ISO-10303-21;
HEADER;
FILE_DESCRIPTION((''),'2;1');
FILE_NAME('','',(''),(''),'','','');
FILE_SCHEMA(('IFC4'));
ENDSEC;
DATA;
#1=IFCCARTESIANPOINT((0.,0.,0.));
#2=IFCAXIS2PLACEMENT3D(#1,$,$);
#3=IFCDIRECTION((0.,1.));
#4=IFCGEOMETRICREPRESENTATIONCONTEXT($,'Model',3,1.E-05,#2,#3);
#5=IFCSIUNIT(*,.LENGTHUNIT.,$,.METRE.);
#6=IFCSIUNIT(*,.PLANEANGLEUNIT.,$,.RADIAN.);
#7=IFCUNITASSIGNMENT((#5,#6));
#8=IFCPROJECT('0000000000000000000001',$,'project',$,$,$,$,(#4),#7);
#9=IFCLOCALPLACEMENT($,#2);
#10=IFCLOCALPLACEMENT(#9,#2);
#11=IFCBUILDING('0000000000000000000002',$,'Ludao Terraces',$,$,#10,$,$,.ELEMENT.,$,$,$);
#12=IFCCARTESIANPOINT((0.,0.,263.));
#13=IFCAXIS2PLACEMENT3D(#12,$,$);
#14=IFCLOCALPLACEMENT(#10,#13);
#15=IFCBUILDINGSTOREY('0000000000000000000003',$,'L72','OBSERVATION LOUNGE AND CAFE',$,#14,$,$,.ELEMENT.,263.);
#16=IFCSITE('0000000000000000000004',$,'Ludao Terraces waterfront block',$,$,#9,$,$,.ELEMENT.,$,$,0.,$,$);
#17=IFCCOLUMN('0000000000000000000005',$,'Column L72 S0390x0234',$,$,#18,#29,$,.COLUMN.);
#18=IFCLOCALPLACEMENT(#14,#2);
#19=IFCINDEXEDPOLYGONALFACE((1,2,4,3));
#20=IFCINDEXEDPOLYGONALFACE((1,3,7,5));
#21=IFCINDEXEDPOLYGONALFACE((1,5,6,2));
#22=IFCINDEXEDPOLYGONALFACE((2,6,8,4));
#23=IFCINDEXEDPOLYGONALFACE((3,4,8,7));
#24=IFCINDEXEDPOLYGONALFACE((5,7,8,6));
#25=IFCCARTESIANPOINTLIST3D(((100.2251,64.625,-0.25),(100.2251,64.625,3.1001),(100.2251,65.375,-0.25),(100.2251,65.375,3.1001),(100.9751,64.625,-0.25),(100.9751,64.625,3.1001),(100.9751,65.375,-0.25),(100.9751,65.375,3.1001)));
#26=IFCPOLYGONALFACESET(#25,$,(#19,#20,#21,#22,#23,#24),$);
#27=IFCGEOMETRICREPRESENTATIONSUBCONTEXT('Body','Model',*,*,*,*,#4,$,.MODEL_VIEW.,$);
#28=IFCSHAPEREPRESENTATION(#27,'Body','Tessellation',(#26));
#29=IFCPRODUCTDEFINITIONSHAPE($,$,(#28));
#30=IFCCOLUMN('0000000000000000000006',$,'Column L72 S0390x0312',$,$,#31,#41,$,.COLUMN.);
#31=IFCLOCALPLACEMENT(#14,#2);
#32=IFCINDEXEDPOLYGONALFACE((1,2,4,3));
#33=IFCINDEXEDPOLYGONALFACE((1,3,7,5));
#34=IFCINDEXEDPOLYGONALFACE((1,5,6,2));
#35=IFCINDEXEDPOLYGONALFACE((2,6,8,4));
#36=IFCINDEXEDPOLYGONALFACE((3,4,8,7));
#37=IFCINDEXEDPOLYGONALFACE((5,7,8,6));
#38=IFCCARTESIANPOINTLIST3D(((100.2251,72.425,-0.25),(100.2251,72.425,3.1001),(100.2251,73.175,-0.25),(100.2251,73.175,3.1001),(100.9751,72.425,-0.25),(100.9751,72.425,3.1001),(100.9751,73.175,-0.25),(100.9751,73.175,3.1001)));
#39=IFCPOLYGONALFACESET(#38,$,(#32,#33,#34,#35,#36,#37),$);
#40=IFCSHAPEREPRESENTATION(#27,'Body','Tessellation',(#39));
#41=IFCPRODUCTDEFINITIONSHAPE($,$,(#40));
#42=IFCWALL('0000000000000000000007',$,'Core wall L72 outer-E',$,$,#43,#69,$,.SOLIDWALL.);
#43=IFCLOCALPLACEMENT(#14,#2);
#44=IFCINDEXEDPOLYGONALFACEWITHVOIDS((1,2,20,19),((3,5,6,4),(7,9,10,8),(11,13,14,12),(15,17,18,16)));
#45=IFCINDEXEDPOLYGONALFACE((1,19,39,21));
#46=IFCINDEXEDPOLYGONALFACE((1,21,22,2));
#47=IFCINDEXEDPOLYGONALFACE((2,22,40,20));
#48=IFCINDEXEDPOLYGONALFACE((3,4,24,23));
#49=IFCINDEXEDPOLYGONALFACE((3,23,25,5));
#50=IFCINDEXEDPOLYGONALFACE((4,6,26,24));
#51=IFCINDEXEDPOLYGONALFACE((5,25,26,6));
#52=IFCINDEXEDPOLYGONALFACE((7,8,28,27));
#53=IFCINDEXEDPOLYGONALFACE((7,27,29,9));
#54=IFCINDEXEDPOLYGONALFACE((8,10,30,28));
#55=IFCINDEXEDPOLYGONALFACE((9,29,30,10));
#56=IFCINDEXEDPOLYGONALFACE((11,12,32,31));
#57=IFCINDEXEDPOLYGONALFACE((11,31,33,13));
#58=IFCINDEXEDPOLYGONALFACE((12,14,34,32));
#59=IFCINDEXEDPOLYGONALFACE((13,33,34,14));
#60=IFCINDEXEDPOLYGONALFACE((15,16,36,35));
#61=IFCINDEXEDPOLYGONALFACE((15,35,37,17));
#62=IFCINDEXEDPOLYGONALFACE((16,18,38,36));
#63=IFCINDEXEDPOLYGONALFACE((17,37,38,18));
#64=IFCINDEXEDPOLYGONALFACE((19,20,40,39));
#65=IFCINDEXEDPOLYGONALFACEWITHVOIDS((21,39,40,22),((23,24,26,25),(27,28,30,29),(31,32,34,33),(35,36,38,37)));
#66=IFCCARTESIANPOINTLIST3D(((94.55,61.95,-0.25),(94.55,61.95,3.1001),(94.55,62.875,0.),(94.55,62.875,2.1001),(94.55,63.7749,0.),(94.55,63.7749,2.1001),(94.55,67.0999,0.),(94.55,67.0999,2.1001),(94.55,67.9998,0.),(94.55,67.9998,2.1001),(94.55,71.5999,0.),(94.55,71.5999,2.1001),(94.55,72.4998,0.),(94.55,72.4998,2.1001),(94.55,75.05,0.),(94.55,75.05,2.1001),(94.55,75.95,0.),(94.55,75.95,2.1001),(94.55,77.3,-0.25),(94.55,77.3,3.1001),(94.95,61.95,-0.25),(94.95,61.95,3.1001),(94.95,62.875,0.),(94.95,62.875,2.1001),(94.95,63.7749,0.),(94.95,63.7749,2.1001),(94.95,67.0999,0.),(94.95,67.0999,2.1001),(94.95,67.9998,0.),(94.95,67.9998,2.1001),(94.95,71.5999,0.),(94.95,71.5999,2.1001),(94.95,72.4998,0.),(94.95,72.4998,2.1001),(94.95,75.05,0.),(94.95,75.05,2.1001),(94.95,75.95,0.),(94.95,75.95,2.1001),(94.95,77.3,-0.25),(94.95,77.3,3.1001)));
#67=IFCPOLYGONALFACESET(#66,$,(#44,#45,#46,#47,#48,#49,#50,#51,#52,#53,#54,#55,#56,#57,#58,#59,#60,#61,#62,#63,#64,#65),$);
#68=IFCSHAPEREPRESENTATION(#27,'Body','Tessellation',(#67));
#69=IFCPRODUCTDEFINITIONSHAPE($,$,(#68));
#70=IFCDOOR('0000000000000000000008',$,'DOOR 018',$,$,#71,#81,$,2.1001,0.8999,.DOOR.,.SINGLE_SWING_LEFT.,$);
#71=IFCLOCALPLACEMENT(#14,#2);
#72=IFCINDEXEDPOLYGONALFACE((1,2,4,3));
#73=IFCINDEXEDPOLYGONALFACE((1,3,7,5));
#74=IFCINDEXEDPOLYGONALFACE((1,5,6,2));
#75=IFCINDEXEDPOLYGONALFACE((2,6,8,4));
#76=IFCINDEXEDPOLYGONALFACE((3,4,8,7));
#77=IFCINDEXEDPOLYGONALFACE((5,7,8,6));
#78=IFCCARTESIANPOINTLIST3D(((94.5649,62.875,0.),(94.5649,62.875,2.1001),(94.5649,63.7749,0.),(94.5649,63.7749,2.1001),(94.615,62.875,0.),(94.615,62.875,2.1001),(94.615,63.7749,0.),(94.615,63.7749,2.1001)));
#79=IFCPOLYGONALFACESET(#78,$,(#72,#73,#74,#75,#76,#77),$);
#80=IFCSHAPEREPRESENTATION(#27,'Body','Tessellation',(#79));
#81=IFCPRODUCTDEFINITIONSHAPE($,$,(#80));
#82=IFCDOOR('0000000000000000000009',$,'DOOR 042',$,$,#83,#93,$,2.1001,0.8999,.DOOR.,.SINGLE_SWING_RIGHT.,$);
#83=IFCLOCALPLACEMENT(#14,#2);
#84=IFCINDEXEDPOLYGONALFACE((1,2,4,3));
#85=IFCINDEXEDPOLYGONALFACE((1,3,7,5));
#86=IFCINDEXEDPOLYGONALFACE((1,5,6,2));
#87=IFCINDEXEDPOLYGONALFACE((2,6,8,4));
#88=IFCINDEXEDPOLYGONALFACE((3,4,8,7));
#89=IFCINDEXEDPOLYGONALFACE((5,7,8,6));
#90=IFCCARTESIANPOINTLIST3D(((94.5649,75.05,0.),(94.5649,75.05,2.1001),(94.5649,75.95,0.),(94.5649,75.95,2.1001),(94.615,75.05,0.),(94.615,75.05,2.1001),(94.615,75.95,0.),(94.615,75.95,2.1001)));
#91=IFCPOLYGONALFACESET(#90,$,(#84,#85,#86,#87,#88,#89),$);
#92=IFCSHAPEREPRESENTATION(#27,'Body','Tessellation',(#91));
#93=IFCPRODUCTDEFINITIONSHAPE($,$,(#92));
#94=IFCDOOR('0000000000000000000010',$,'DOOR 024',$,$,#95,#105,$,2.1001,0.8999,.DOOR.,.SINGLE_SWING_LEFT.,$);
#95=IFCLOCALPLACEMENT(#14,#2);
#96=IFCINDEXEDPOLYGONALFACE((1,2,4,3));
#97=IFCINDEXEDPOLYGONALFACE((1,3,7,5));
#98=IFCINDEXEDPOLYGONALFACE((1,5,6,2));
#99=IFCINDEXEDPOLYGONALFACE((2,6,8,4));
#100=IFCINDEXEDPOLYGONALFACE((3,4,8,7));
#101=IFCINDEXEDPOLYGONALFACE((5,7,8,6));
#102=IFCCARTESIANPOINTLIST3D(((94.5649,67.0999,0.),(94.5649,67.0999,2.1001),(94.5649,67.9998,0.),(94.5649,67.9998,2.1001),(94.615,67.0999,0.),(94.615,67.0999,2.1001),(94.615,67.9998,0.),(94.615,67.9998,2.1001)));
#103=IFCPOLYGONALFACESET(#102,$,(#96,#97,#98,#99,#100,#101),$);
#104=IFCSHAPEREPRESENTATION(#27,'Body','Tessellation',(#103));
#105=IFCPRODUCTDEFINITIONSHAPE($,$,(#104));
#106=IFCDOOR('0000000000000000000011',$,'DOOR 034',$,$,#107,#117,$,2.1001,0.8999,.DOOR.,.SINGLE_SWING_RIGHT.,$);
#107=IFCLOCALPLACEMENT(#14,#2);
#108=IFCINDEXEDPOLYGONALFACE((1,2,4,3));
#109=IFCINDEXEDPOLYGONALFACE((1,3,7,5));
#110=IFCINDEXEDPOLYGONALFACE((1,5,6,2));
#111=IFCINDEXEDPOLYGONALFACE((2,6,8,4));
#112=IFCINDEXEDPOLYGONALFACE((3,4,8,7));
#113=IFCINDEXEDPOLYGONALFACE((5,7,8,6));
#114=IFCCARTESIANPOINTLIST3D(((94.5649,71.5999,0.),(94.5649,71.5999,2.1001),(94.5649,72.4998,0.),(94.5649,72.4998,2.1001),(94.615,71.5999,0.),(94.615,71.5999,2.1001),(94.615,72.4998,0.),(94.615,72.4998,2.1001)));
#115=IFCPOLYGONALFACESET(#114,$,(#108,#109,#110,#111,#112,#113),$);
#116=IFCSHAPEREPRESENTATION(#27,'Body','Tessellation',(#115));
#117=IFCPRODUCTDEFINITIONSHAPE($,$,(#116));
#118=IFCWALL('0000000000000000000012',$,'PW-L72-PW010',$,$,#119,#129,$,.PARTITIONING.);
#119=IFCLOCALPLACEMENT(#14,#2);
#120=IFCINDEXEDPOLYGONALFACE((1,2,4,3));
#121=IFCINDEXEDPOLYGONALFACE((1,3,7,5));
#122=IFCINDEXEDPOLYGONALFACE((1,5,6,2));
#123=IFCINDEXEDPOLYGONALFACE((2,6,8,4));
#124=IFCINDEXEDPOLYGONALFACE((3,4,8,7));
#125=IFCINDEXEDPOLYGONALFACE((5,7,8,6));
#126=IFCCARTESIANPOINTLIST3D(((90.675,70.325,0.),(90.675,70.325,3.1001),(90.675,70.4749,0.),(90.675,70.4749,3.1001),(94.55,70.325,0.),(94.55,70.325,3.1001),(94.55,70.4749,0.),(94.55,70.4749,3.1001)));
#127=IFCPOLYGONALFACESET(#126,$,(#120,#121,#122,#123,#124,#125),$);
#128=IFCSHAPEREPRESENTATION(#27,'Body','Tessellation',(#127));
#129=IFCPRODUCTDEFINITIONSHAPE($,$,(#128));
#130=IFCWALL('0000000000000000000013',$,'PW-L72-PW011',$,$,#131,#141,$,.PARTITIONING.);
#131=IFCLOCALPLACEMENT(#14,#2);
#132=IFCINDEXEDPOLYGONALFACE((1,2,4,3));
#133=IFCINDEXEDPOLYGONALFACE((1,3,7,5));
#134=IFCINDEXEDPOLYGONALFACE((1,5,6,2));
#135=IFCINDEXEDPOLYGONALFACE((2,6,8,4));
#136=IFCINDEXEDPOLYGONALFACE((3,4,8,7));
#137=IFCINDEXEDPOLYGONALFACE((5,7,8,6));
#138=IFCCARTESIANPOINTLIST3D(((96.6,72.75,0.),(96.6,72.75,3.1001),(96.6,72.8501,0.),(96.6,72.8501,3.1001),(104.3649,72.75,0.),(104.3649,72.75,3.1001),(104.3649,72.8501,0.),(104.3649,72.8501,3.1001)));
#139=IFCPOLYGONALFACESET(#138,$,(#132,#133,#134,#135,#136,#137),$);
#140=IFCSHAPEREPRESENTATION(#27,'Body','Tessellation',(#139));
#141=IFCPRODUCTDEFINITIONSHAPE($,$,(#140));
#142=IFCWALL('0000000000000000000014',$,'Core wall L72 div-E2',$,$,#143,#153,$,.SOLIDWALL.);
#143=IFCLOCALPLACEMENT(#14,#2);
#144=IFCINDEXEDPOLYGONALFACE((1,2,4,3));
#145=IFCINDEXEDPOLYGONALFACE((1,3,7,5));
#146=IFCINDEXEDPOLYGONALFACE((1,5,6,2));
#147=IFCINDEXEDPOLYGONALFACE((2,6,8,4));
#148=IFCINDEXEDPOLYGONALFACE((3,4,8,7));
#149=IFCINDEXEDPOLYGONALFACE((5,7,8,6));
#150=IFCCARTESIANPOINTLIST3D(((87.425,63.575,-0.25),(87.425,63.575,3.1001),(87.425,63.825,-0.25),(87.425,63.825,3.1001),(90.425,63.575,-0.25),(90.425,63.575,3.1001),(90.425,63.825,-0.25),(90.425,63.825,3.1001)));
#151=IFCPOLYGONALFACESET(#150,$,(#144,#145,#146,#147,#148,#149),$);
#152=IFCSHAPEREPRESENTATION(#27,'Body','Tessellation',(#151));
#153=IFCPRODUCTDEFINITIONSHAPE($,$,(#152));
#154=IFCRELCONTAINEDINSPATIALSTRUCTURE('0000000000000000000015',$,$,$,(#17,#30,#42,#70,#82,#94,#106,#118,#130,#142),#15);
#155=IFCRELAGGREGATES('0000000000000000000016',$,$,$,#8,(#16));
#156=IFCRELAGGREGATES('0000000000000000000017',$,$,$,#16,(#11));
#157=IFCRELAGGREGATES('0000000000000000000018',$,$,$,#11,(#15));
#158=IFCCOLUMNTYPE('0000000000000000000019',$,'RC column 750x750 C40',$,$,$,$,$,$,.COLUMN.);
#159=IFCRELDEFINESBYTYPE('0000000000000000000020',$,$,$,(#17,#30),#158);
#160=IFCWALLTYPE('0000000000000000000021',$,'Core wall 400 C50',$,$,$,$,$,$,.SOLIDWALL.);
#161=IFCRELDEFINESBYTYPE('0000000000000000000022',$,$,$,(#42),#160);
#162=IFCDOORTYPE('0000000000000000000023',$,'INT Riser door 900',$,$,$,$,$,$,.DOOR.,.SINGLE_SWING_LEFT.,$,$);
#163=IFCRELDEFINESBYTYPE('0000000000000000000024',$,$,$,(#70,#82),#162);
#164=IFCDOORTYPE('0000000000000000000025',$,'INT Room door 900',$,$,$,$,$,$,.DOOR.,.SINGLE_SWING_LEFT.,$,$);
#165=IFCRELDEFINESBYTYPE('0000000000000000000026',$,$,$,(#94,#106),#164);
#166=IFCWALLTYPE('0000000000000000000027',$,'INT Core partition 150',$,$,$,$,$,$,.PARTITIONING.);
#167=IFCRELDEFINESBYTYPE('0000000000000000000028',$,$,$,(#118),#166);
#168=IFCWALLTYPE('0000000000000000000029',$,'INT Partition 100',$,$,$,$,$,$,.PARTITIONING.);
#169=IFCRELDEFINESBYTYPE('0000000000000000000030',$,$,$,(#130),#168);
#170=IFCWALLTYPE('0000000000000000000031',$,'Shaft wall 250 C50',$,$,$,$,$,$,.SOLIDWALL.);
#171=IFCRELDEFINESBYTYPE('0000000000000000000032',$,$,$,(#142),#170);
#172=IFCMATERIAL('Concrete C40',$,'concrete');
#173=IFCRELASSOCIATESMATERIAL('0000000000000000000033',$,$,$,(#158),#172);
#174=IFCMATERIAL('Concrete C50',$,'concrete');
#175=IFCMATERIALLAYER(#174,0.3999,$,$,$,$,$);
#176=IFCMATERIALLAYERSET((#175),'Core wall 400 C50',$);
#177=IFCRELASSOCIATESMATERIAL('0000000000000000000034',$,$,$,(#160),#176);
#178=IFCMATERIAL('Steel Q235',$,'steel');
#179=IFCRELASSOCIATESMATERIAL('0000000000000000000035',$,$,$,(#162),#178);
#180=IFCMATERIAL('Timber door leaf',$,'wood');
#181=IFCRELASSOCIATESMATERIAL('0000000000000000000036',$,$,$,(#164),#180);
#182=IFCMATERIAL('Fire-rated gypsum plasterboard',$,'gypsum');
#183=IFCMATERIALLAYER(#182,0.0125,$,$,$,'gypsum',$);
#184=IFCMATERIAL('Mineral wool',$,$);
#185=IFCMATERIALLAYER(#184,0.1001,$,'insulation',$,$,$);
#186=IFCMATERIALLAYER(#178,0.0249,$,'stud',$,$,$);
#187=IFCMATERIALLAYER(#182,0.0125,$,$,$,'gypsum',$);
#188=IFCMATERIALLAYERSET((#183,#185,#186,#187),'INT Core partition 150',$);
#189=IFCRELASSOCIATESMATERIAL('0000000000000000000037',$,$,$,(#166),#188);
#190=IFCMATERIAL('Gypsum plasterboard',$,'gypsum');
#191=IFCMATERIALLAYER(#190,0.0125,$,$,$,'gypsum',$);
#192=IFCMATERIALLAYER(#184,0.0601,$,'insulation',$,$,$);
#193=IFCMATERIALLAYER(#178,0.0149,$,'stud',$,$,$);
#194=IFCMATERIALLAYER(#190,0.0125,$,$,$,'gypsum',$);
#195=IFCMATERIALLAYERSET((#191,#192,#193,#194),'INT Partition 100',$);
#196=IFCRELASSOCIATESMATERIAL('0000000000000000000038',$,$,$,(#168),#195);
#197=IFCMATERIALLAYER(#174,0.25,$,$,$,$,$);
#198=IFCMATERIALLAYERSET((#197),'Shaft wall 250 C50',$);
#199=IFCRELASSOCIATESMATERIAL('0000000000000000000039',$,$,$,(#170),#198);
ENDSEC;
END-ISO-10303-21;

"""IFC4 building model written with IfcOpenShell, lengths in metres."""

from ifc_helpers import new_model, si_unit, direction, frame, frame_2d, origin, origin_2d, place, context, subcontext, project, spatial, rectangle, extrude, material, layer, layer_set, material_profile, profile_set, type_object, element, fill, save


model = new_model("IFC4")

# Units and contexts
model_context = context("Model", 3, precision=1e-05, world=origin(), true_north=direction((0.0, 1.0)))
body_context = subcontext(model_context, "Body", "Model", "MODEL_VIEW")
ifc_project = project(units=[si_unit("LENGTHUNIT", "METRE"), si_unit("PLANEANGLEUNIT", "RADIAN")], contexts=[model_context])

# Site, building, storey
site_placement = place(None, origin())
site = spatial("IfcSite", under=ifc_project, at=site_placement, Name="Ludao Terraces waterfront block", CompositionType="ELEMENT", RefElevation=0.0)
building_placement = place(site_placement, origin())
building = spatial("IfcBuilding", under=site, at=building_placement, Name="Ludao Terraces", CompositionType="ELEMENT")
storey_placement = place(building_placement, frame((0.0, 0.0, 263.0)))
storey = spatial("IfcBuildingStorey", under=building, at=storey_placement, Name="L72", Description="OBSERVATION LOUNGE AND CAFE", CompositionType="ELEMENT", Elevation=263.0)

# Columns
ifc_material_1 = material(Name="Concrete C40", Category="concrete")
ifc_material_profile = material_profile(ifc_material_1, rectangle(XDim=0.75, YDim=0.75, at=origin_2d()), Name="750 X 750")
ifc_profile_set = profile_set([ifc_material_profile], Name="Concrete C40")
column_type = type_object("IfcColumnType", Name="RC column 750x750 C40", PredefinedType="COLUMN", material=ifc_profile_set)
for number, where, z_axis, x_axis, name in (
    (1, (100.6001, 65.0, -0.25), (0.0, 0.0, 1.0), (1.0, 0.0, 0.0), "Column L72 S0390x0234"),
    (2, (100.6001, 72.8, -0.25), (0.0, 0.0, 1.0), (1.0, 0.0, 0.0), "Column L72 S0390x0312"),
):
    element("IfcColumn", number, at=place(storey_placement, frame(where, z_axis=z_axis, x_axis=x_axis)), inside=storey, type_object=column_type, Name=name, PredefinedType="COLUMN", context=body_context, shape_type="SweptSolid", body=[
        extrude(rectangle(XDim=0.75, YDim=0.75, at=origin_2d()), origin(), (0.0, 0.0, 1.0), 3.3501),
    ])

# Wall, openings, doors
ifc_material_2 = material(Name="Concrete C50", Category="concrete")
ifc_layer_1 = layer(ifc_material_2, 0.3999)
ifc_layer_set_1 = layer_set([ifc_layer_1], Name="Core wall 400 C50")
wall_type_1 = type_object("IfcWallType", Name="Core wall 400 C50", PredefinedType="SOLIDWALL", material=ifc_layer_set_1)
wall_1_placement = place(storey_placement, frame((94.75, 61.95, -0.25), z_axis=(0.0, 0.0, 1.0), x_axis=(0.0, 1.0, 0.0)))
wall_1 = element("IfcWall", 3, at=wall_1_placement, inside=storey, type_object=wall_type_1, Name="Core wall L72 outer-E", PredefinedType="SOLIDWALL", context=body_context, shape_type="SweptSolid", body=[
    extrude(rectangle(XDim=15.3501, YDim=0.3999, at=frame_2d((7.675, 0.0))), origin(), (0.0, 0.0, 1.0), 3.3501),
])
opening_1_placement = place(wall_1_placement, frame((0.925, 0.0, 0.25)))
opening_1 = element("IfcOpeningElement", 4, at=opening_1_placement, cuts=wall_1, PredefinedType="OPENING", context=body_context, shape_type="SweptSolid", body=[
    extrude(rectangle(XDim=0.8999, YDim=2.1001, at=frame_2d((0.45, 1.05))), frame((0.0, 0.21, 0.0), z_axis=(0.0, -1.0, 0.0), x_axis=(1.0, 0.0, 0.0)), (0.0, 0.0, 1.0), 0.4199),
])
opening_2_placement = place(wall_1_placement, frame((5.1499, 0.0, 0.25)))
opening_2 = element("IfcOpeningElement", 5, at=opening_2_placement, cuts=wall_1, PredefinedType="OPENING", context=body_context, shape_type="SweptSolid", body=[
    extrude(rectangle(XDim=0.8999, YDim=2.1001, at=frame_2d((0.45, 1.05))), frame((0.0, 0.21, 0.0), z_axis=(0.0, -1.0, 0.0), x_axis=(1.0, 0.0, 0.0)), (0.0, 0.0, 1.0), 0.4199),
])
opening_3_placement = place(wall_1_placement, frame((9.6499, 0.0, 0.25)))
opening_3 = element("IfcOpeningElement", 6, at=opening_3_placement, cuts=wall_1, PredefinedType="OPENING", context=body_context, shape_type="SweptSolid", body=[
    extrude(rectangle(XDim=0.8999, YDim=2.1001, at=frame_2d((0.45, 1.05))), frame((0.0, 0.21, 0.0), z_axis=(0.0, -1.0, 0.0), x_axis=(1.0, 0.0, 0.0)), (0.0, 0.0, 1.0), 0.4199),
])
opening_4_placement = place(wall_1_placement, frame((13.1001, 0.0, 0.25)))
opening_4 = element("IfcOpeningElement", 7, at=opening_4_placement, cuts=wall_1, PredefinedType="OPENING", context=body_context, shape_type="SweptSolid", body=[
    extrude(rectangle(XDim=0.8999, YDim=2.1001, at=frame_2d((0.45, 1.05))), frame((0.0, 0.21, 0.0), z_axis=(0.0, -1.0, 0.0), x_axis=(1.0, 0.0, 0.0)), (0.0, 0.0, 1.0), 0.4199),
])
ifc_material_3 = material(Name="Steel Q235", Category="steel")
door_type_1 = type_object("IfcDoorType", Name="INT Riser door 900", OperationType="SINGLE_SWING_LEFT", PredefinedType="DOOR", material=ifc_material_3)
door_1_placement = place(opening_1_placement, origin())
door_1 = element("IfcDoor", 8, at=door_1_placement, inside=storey, type_object=door_type_1, Name="DOOR 018", OperationType="SINGLE_SWING_LEFT", OverallHeight=2.1001, OverallWidth=0.8999, PredefinedType="DOOR", context=body_context, shape_type="SweptSolid", body=[
    extrude(rectangle(XDim=0.8999, YDim=2.1001, at=frame_2d((0.45, 1.05))), frame((0.0, 0.1851, 0.0), z_axis=(0.0, -1.0, 0.0), x_axis=(1.0, 0.0, 0.0)), (0.0, 0.0, 1.0), 0.05),
])
fill(opening_1, door_1)
door_2_placement = place(opening_4_placement, origin())
door_2 = element("IfcDoor", 9, at=door_2_placement, inside=storey, type_object=door_type_1, Name="DOOR 042", OperationType="SINGLE_SWING_RIGHT", OverallHeight=2.1001, OverallWidth=0.8999, PredefinedType="DOOR", context=body_context, shape_type="SweptSolid", body=[
    extrude(rectangle(XDim=0.8999, YDim=2.1001, at=frame_2d((0.45, 1.05))), frame((0.0, 0.1851, 0.0), z_axis=(0.0, -1.0, 0.0), x_axis=(1.0, 0.0, 0.0)), (0.0, 0.0, 1.0), 0.05),
])
fill(opening_4, door_2)
ifc_material_4 = material(Name="Timber door leaf", Category="wood")
door_type_2 = type_object("IfcDoorType", Name="INT Room door 900", OperationType="SINGLE_SWING_LEFT", PredefinedType="DOOR", material=ifc_material_4)
door_3_placement = place(opening_2_placement, origin())
door_3 = element("IfcDoor", 10, at=door_3_placement, inside=storey, type_object=door_type_2, Name="DOOR 024", OperationType="SINGLE_SWING_LEFT", OverallHeight=2.1001, OverallWidth=0.8999, PredefinedType="DOOR", context=body_context, shape_type="SweptSolid", body=[
    extrude(rectangle(XDim=0.8999, YDim=2.1001, at=frame_2d((0.45, 1.05))), frame((0.0, 0.1851, 0.0), z_axis=(0.0, -1.0, 0.0), x_axis=(1.0, 0.0, 0.0)), (0.0, 0.0, 1.0), 0.05),
])
fill(opening_2, door_3)
door_4_placement = place(opening_3_placement, origin())
door_4 = element("IfcDoor", 11, at=door_4_placement, inside=storey, type_object=door_type_2, Name="DOOR 034", OperationType="SINGLE_SWING_RIGHT", OverallHeight=2.1001, OverallWidth=0.8999, PredefinedType="DOOR", context=body_context, shape_type="SweptSolid", body=[
    extrude(rectangle(XDim=0.8999, YDim=2.1001, at=frame_2d((0.45, 1.05))), frame((0.0, 0.1851, 0.0), z_axis=(0.0, -1.0, 0.0), x_axis=(1.0, 0.0, 0.0)), (0.0, 0.0, 1.0), 0.05),
])
fill(opening_3, door_4)

# Walls
ifc_material_5 = material(Name="Fire-rated gypsum plasterboard", Category="gypsum")
ifc_layer_2 = layer(ifc_material_5, 0.0125, Category="gypsum")
ifc_material_6 = material(Name="Mineral wool")
ifc_layer_3 = layer(ifc_material_6, 0.1001, Name="insulation")
ifc_layer_4 = layer(ifc_material_3, 0.0249, Name="stud")
ifc_layer_5 = layer(ifc_material_5, 0.0125, Category="gypsum")
ifc_layer_set_2 = layer_set([ifc_layer_2, ifc_layer_3, ifc_layer_4, ifc_layer_5], Name="INT Core partition 150")
wall_type_2 = type_object("IfcWallType", Name="INT Core partition 150", PredefinedType="PARTITIONING", material=ifc_layer_set_2)
wall_2_placement = place(storey_placement, frame((90.675, 70.3999, 0.0), z_axis=(0.0, 0.0, 1.0), x_axis=(1.0, 0.0, 0.0)))
element("IfcWall", 12, at=wall_2_placement, inside=storey, type_object=wall_type_2, Name="PW-L72-PW010", PredefinedType="PARTITIONING", context=body_context, shape_type="SweptSolid", body=[
    extrude(rectangle(XDim=3.875, YDim=0.1499, at=frame_2d((1.9375, 0.0))), origin(), (0.0, 0.0, 1.0), 3.1001),
])
ifc_material_7 = material(Name="Gypsum plasterboard", Category="gypsum")
ifc_layer_6 = layer(ifc_material_7, 0.0125, Category="gypsum")
ifc_layer_7 = layer(ifc_material_6, 0.0601, Name="insulation")
ifc_layer_8 = layer(ifc_material_3, 0.0149, Name="stud")
ifc_layer_9 = layer(ifc_material_7, 0.0125, Category="gypsum")
ifc_layer_set_3 = layer_set([ifc_layer_6, ifc_layer_7, ifc_layer_8, ifc_layer_9], Name="INT Partition 100")
wall_type_3 = type_object("IfcWallType", Name="INT Partition 100", PredefinedType="PARTITIONING", material=ifc_layer_set_3)
wall_3_placement = place(storey_placement, frame((96.6001, 72.8, 0.0), z_axis=(0.0, 0.0, 1.0), x_axis=(1.0, 0.0, 0.0)))
element("IfcWall", 13, at=wall_3_placement, inside=storey, type_object=wall_type_3, Name="PW-L72-PW011", PredefinedType="PARTITIONING", context=body_context, shape_type="SweptSolid", body=[
    extrude(rectangle(XDim=7.7649, YDim=0.1001, at=frame_2d((3.8823, 0.0))), origin(), (0.0, 0.0, 1.0), 3.1001),
])
ifc_layer_10 = layer(ifc_material_2, 0.25)
ifc_layer_set_4 = layer_set([ifc_layer_10], Name="Shaft wall 250 C50")
wall_type_4 = type_object("IfcWallType", Name="Shaft wall 250 C50", PredefinedType="SOLIDWALL", material=ifc_layer_set_4)
wall_4_placement = place(storey_placement, frame((87.425, 63.7, -0.25), z_axis=(0.0, 0.0, 1.0), x_axis=(1.0, 0.0, 0.0)))
element("IfcWall", 14, at=wall_4_placement, inside=storey, type_object=wall_type_4, Name="Core wall L72 div-E2", PredefinedType="SOLIDWALL", context=body_context, shape_type="SweptSolid", body=[
    extrude(rectangle(XDim=3.0, YDim=0.25, at=frame_2d((1.5, 0.0))), origin(), (0.0, 0.0, 1.0), 3.3501),
])

save(model, "model.ifc")
